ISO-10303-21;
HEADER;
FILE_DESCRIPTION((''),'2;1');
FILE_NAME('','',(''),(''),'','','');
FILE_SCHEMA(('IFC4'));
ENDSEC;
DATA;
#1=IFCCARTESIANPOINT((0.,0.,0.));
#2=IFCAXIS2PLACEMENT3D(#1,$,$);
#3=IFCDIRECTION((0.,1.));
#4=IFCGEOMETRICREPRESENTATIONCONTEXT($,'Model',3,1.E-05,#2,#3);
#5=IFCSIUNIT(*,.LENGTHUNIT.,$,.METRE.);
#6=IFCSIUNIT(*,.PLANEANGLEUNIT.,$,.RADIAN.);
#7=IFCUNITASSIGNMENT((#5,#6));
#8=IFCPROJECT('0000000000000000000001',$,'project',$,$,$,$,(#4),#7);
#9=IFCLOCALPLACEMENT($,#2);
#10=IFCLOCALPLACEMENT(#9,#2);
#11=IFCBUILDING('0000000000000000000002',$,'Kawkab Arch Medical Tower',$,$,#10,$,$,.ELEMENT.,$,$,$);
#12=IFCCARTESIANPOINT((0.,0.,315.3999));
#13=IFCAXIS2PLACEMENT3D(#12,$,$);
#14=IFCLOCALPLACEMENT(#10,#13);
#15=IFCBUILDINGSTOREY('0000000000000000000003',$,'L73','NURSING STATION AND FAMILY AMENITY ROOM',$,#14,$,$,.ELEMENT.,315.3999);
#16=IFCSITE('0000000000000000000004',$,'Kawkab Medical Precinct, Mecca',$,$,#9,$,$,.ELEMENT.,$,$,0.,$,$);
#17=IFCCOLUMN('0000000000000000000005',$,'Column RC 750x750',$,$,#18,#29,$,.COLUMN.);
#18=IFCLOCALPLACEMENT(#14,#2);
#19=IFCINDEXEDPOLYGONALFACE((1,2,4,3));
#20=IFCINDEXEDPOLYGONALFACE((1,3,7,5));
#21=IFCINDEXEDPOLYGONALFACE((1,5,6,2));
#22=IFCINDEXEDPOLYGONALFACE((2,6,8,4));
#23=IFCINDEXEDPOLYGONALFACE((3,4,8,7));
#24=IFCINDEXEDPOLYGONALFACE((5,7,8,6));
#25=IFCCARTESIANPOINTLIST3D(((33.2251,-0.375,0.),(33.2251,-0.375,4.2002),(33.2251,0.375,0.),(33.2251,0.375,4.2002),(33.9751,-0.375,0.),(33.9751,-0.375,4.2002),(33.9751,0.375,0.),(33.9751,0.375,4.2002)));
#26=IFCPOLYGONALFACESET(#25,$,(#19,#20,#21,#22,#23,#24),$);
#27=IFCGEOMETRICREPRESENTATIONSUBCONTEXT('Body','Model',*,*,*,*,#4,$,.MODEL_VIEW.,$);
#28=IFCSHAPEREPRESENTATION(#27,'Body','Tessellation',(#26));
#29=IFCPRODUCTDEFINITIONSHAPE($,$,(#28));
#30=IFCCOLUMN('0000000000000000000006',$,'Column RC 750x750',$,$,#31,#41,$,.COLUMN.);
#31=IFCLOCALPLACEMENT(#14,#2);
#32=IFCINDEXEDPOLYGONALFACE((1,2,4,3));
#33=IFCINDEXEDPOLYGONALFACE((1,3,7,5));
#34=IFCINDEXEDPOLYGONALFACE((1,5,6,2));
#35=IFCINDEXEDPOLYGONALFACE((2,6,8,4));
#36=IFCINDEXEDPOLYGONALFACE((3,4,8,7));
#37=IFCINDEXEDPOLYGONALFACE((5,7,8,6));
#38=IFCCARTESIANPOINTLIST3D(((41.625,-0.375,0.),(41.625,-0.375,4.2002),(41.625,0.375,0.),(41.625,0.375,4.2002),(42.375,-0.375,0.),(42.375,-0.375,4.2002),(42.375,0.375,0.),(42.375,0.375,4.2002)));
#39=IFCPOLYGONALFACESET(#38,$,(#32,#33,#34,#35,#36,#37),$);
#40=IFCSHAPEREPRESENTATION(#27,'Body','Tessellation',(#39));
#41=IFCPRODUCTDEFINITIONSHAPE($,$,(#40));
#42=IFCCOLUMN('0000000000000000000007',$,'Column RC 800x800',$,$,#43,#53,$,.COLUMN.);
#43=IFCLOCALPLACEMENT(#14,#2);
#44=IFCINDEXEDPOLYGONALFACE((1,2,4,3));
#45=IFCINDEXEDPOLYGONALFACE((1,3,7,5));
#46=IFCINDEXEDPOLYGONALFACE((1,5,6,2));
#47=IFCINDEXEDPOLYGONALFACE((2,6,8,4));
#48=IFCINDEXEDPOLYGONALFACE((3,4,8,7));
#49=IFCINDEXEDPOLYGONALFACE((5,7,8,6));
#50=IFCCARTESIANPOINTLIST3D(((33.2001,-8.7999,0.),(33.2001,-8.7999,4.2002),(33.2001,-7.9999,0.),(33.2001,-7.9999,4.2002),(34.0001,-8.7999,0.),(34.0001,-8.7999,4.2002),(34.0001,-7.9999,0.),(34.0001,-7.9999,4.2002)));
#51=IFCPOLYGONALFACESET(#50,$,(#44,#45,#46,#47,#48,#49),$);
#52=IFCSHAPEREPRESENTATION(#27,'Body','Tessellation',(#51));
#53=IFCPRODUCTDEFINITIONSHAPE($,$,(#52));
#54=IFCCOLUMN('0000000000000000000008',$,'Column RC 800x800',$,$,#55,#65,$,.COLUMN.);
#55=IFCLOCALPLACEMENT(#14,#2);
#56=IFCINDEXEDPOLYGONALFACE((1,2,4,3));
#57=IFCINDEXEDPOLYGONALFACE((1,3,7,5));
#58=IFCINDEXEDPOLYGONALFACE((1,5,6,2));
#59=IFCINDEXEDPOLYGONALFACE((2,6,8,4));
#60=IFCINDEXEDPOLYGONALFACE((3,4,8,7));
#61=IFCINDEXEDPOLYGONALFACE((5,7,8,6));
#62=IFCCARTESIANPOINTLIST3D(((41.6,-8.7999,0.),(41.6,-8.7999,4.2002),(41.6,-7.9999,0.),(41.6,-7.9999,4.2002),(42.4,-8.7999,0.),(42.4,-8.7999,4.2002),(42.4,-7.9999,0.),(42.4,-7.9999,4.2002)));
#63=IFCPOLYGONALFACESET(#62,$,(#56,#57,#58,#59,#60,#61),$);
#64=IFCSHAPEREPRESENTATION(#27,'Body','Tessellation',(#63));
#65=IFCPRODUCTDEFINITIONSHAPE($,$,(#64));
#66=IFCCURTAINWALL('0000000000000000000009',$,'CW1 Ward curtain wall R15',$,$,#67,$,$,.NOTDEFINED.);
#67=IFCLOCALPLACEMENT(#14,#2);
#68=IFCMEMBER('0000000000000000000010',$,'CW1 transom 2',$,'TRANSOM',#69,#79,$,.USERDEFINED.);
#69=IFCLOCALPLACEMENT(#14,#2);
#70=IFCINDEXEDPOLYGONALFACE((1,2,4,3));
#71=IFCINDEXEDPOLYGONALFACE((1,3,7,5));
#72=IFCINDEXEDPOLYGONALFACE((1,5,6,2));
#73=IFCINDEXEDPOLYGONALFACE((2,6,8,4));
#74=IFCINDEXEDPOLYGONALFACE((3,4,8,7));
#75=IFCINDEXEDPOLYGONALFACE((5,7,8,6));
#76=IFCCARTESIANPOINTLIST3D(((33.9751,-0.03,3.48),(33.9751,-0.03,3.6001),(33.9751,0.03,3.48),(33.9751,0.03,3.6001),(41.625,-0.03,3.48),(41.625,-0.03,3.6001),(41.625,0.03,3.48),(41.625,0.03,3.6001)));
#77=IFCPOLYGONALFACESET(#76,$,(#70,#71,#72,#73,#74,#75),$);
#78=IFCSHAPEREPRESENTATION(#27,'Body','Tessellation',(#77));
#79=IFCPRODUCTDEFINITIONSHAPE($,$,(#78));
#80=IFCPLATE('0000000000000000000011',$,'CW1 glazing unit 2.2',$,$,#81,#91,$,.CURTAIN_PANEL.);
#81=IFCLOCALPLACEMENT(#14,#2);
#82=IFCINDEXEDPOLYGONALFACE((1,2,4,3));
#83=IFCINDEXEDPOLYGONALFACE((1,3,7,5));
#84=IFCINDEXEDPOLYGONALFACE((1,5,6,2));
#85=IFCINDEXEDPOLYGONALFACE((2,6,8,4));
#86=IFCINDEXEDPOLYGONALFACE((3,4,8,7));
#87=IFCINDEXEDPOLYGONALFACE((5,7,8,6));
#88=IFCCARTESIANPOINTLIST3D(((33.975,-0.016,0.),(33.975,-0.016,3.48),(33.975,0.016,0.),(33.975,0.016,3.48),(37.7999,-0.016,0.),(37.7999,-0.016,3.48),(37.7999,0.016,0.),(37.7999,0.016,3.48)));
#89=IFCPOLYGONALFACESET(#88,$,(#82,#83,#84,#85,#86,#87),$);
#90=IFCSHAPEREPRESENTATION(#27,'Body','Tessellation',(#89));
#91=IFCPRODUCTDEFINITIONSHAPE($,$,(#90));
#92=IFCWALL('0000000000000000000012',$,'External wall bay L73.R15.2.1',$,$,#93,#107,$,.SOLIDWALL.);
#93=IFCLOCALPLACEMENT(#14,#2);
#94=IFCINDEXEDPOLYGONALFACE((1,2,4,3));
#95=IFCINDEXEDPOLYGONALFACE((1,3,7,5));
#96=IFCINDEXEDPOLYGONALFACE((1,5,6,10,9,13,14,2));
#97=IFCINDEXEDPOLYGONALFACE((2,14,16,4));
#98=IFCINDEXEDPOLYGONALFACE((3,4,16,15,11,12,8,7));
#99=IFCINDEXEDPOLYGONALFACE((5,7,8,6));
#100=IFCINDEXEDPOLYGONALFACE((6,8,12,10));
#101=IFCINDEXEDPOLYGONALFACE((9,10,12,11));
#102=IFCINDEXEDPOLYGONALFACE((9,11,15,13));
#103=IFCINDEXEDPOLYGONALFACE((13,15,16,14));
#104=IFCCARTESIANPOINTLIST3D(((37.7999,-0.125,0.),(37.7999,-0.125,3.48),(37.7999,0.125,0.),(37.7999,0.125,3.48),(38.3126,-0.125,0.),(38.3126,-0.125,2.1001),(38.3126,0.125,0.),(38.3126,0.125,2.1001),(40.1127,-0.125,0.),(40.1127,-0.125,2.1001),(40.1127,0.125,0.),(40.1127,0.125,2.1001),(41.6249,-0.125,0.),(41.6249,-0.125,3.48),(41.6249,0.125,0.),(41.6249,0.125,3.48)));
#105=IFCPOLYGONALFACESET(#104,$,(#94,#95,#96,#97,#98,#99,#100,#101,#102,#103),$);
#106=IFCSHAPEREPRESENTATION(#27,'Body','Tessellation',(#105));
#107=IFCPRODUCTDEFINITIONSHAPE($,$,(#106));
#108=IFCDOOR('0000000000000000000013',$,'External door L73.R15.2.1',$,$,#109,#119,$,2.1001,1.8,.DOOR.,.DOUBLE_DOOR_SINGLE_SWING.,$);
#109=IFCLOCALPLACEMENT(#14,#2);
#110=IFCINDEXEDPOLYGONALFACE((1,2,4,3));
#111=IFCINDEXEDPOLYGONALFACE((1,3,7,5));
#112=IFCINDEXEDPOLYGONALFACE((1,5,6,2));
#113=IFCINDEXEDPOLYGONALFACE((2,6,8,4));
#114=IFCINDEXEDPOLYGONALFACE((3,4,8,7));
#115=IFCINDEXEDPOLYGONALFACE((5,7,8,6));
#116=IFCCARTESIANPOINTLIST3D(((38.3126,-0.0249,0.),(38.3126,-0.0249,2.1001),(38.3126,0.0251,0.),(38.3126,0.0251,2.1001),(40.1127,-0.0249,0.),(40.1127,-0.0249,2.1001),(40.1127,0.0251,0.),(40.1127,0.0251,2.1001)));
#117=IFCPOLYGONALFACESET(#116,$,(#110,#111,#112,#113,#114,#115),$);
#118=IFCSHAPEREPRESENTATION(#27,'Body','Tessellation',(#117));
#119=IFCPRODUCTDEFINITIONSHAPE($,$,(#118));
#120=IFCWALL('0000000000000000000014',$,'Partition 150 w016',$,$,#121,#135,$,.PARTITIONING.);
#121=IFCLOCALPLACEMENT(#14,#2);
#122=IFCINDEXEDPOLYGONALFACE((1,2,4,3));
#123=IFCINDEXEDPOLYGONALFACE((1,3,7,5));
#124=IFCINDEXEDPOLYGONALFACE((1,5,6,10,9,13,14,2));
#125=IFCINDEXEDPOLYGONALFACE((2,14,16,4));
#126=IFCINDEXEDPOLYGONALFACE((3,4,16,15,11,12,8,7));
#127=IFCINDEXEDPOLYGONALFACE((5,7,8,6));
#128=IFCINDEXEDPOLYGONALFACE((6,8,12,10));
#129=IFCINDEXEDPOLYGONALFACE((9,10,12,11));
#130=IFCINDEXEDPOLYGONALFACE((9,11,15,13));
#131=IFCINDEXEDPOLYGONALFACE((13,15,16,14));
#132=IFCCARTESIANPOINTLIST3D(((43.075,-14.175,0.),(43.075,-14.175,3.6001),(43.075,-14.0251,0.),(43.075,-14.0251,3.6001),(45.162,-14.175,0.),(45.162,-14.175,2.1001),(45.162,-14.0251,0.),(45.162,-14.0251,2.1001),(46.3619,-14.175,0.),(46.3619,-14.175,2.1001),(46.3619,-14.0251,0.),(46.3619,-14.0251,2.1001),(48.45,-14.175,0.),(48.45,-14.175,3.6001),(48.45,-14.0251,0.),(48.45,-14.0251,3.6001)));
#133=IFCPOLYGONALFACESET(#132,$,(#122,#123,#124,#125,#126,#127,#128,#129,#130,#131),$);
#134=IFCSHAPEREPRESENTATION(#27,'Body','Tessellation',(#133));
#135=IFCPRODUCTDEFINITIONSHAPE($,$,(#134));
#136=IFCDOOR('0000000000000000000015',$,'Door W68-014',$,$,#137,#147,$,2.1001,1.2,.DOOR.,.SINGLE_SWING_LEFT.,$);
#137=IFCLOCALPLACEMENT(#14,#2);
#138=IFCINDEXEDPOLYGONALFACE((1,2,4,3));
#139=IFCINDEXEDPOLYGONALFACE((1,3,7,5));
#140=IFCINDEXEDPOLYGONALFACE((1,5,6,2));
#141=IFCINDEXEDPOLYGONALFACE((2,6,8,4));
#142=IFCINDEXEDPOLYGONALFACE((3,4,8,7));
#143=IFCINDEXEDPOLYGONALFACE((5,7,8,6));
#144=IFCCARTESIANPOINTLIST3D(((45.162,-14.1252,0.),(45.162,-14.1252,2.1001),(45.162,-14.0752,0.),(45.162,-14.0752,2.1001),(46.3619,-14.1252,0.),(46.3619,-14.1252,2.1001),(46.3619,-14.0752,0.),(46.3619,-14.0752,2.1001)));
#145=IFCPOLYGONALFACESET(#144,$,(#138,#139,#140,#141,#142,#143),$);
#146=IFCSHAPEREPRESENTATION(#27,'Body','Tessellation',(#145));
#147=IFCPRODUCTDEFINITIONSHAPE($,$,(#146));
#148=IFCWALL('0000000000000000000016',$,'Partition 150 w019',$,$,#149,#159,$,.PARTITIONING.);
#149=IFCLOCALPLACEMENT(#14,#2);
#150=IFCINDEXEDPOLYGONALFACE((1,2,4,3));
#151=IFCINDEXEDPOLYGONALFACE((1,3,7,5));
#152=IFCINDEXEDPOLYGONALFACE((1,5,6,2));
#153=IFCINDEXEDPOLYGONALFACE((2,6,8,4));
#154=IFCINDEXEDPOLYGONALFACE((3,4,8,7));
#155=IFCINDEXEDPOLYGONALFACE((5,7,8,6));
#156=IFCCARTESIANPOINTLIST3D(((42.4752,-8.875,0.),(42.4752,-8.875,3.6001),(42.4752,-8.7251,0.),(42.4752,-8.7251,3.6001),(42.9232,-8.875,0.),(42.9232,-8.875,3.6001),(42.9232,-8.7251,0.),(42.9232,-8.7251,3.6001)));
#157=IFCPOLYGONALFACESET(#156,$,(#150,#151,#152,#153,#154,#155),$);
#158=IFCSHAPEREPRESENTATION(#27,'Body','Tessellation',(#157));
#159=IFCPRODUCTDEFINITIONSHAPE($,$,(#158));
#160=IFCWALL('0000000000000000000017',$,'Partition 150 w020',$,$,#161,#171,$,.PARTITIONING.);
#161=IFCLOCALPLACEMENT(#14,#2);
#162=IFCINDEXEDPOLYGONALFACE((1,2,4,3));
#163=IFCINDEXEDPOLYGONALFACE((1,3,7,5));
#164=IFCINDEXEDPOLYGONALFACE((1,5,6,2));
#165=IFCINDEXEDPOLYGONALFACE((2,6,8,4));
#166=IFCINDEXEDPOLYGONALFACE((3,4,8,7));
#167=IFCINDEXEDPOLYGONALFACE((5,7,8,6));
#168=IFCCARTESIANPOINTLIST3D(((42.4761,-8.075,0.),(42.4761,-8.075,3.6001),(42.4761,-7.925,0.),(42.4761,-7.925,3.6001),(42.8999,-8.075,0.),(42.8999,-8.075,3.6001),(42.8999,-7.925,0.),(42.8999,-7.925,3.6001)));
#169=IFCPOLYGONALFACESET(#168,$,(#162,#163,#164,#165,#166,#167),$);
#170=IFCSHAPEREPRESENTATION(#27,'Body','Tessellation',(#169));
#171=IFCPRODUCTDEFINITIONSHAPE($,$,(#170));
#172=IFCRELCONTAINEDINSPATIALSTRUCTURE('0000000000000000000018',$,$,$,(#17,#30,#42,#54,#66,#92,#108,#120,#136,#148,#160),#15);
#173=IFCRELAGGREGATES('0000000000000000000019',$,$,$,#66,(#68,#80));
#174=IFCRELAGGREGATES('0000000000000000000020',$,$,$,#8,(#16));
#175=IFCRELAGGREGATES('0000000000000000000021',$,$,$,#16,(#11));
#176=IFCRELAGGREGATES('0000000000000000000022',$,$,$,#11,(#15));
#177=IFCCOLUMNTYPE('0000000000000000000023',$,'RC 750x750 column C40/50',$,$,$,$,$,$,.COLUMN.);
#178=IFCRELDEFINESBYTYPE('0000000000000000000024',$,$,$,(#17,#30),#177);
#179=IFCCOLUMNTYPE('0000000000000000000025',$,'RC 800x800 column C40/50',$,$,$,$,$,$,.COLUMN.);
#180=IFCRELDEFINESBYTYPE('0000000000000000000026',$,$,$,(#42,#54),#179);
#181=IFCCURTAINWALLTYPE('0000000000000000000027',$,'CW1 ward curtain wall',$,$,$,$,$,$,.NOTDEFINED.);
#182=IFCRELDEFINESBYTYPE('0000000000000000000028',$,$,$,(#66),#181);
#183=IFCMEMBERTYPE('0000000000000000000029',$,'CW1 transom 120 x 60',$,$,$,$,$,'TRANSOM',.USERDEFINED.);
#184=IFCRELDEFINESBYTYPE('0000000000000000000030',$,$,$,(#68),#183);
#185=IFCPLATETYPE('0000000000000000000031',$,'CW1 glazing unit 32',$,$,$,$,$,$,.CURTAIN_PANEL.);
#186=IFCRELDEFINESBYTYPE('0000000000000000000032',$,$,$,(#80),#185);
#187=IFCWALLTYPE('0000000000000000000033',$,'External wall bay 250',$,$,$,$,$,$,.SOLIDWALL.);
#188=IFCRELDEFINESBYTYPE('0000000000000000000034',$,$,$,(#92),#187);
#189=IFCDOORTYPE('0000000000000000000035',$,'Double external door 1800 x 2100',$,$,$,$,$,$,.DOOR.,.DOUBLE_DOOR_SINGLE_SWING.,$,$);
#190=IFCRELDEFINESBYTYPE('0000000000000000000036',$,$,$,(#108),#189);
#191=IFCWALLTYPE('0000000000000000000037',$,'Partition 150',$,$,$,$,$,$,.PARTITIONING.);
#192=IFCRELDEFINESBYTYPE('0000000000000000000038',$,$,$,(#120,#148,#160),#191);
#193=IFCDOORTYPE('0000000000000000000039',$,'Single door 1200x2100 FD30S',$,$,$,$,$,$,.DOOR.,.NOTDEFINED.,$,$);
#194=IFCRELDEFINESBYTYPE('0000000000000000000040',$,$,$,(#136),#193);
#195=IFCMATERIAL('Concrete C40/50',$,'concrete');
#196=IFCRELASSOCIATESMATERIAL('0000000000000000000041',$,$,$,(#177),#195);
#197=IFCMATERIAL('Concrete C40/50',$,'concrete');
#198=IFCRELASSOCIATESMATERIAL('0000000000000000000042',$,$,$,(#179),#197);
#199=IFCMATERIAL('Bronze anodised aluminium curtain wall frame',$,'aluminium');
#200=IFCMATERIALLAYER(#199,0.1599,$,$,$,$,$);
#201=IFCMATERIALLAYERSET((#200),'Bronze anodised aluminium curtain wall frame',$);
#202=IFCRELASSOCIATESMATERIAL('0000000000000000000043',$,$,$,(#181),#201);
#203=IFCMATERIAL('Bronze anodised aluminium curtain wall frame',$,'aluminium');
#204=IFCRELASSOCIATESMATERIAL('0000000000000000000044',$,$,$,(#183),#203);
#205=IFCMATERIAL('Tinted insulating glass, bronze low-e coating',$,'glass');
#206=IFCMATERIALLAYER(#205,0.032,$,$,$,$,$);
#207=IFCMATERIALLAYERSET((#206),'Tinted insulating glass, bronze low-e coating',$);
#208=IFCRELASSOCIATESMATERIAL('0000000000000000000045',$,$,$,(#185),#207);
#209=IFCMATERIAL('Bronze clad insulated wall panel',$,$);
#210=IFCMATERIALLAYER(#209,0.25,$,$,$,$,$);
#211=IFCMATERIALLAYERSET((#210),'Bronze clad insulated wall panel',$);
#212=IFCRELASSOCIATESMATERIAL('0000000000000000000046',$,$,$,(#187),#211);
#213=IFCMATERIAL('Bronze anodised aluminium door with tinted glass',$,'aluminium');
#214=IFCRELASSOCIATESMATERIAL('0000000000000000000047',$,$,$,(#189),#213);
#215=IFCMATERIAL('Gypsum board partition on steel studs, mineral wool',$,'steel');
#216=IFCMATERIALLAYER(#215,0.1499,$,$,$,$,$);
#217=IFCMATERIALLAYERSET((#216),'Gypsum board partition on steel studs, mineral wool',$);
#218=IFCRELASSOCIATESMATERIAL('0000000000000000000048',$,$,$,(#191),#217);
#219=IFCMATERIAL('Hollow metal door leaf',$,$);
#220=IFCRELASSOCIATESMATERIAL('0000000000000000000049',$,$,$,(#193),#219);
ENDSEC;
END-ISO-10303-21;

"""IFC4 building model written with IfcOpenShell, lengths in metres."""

from ifc_helpers import new_model, si_unit, direction, frame, frame_2d, origin, origin_2d, place, context, subcontext, project, spatial, rectangle, extrude, material, layer, layer_set, material_profile, profile_set, type_object, element, fill, aggregate, save


model = new_model("IFC4")

# Units and contexts
model_context = context("Model", 3, precision=1e-05, world=origin(), true_north=direction((0.0, 1.0)))
body_context = subcontext(model_context, "Body", "Model", "MODEL_VIEW")
ifc_project = project(units=[si_unit("LENGTHUNIT", "METRE"), si_unit("PLANEANGLEUNIT", "RADIAN")], contexts=[model_context])

# Site, building, storey
site_placement = place(None, origin())
site = spatial("IfcSite", under=ifc_project, at=site_placement, Name="Kawkab Medical Precinct, Mecca", CompositionType="ELEMENT", RefElevation=0.0)
building_placement = place(site_placement, origin())
building = spatial("IfcBuilding", under=site, at=building_placement, Name="Kawkab Arch Medical Tower", CompositionType="ELEMENT")
storey_placement = place(building_placement, frame((0.0, 0.0, 315.3999)))
storey = spatial("IfcBuildingStorey", under=building, at=storey_placement, Name="L73", Description="NURSING STATION AND FAMILY AMENITY ROOM", CompositionType="ELEMENT", Elevation=315.3999)

# Columns
ifc_material_1 = material(Name="Concrete C40/50", Category="concrete")
ifc_material_profile_1 = material_profile(ifc_material_1, rectangle(XDim=0.75, YDim=0.75, at=origin_2d()), Name="RC 750x750")
ifc_profile_set_1 = profile_set([ifc_material_profile_1], Name="Concrete C40/50")
column_type_1 = type_object("IfcColumnType", Name="RC 750x750 column C40/50", PredefinedType="COLUMN", material=ifc_profile_set_1)
for number, where, z_axis, x_axis, name in (
    (1, (33.6001, 0.0, 0.0), (0.0, 0.0, 1.0), (1.0, 0.0, 0.0), "Column RC 750x750"),
    (2, (42.0, 0.0, 0.0), (0.0, 0.0, 1.0), (1.0, 0.0, 0.0), "Column RC 750x750"),
):
    element("IfcColumn", number, at=place(storey_placement, frame(where, z_axis=z_axis, x_axis=x_axis)), inside=storey, type_object=column_type_1, Name=name, PredefinedType="COLUMN", context=body_context, shape_type="SweptSolid", body=[
        extrude(rectangle(XDim=0.75, YDim=0.75, at=origin_2d()), origin(), (0.0, 0.0, 1.0), 4.2002),
    ])
ifc_material_2 = material(Name="Concrete C40/50", Category="concrete")
ifc_material_profile_2 = material_profile(ifc_material_2, rectangle(XDim=0.8, YDim=0.8, at=origin_2d()), Name="RC 800x800")
ifc_profile_set_2 = profile_set([ifc_material_profile_2], Name="Concrete C40/50")
column_type_2 = type_object("IfcColumnType", Name="RC 800x800 column C40/50", PredefinedType="COLUMN", material=ifc_profile_set_2)
for number, where, z_axis, x_axis, name in (
    (3, (33.6001, -8.3999, 0.0), (0.0, 0.0, 1.0), (1.0, 0.0, 0.0), "Column RC 800x800"),
    (4, (42.0, -8.3999, 0.0), (0.0, 0.0, 1.0), (1.0, 0.0, 0.0), "Column RC 800x800"),
):
    element("IfcColumn", number, at=place(storey_placement, frame(where, z_axis=z_axis, x_axis=x_axis)), inside=storey, type_object=column_type_2, Name=name, PredefinedType="COLUMN", context=body_context, shape_type="SweptSolid", body=[
        extrude(rectangle(XDim=0.8, YDim=0.8, at=origin_2d()), origin(), (0.0, 0.0, 1.0), 4.2002),
    ])

# Curtain wall, member, plate
ifc_material_3 = material(Name="Bronze anodised aluminium curtain wall frame", Category="aluminium")
ifc_layer_1 = layer(ifc_material_3, 0.1599)
ifc_layer_set_1 = layer_set([ifc_layer_1], Name="Bronze anodised aluminium curtain wall frame")
curtain_wall_type = type_object("IfcCurtainWallType", Name="CW1 ward curtain wall", PredefinedType="NOTDEFINED", material=ifc_layer_set_1)
curtain_wall_placement = place(storey_placement, origin())
curtain_wall = element("IfcCurtainWall", 5, at=curtain_wall_placement, inside=storey, type_object=curtain_wall_type, Name="CW1 Ward curtain wall R15", PredefinedType="NOTDEFINED")
ifc_material_4 = material(Name="Bronze anodised aluminium curtain wall frame", Category="aluminium")
ifc_material_profile_3 = material_profile(ifc_material_4, rectangle(XDim=0.0601, YDim=0.1201, at=origin_2d()), Name="AL 60x120")
ifc_profile_set_3 = profile_set([ifc_material_profile_3], Name="Bronze anodised aluminium curtain wall frame")
member_type = type_object("IfcMemberType", Name="CW1 transom 120 x 60", ElementType="TRANSOM", PredefinedType="USERDEFINED", material=ifc_profile_set_3)
member_placement = place(storey_placement, frame((41.625, 0.0, 3.54), z_axis=(-1.0, 0.0, 0.0), x_axis=(0.0, -1.0, 0.0)))
member = element("IfcMember", 6, at=member_placement, type_object=member_type, Name="CW1 transom 2", ObjectType="TRANSOM", PredefinedType="USERDEFINED", context=body_context, shape_type="SweptSolid", body=[
    extrude(rectangle(XDim=0.0601, YDim=0.1201, at=origin_2d()), origin(), (0.0, 0.0, 1.0), 7.6499),
])
ifc_material_5 = material(Name="Tinted insulating glass, bronze low-e coating", Category="glass")
ifc_layer_2 = layer(ifc_material_5, 0.032)
ifc_layer_set_2 = layer_set([ifc_layer_2], Name="Tinted insulating glass, bronze low-e coating")
plate_type = type_object("IfcPlateType", Name="CW1 glazing unit 32", PredefinedType="CURTAIN_PANEL", material=ifc_layer_set_2)
plate_placement = place(storey_placement, frame((35.8875, 0.0, 0.0), z_axis=(0.0, 0.0, 1.0), x_axis=(-1.0, 0.0, 0.0)))
plate = element("IfcPlate", 7, at=plate_placement, type_object=plate_type, Name="CW1 glazing unit 2.2", PredefinedType="CURTAIN_PANEL", context=body_context, shape_type="SweptSolid", body=[
    extrude(rectangle(XDim=3.825, YDim=0.032, at=origin_2d()), origin(), (0.0, 0.0, 1.0), 3.48),
])
aggregate(curtain_wall, [member, plate])

# Walls, openings, doors
ifc_material_6 = material(Name="Bronze clad insulated wall panel")
ifc_layer_3 = layer(ifc_material_6, 0.25)
ifc_layer_set_3 = layer_set([ifc_layer_3], Name="Bronze clad insulated wall panel")
wall_type_1 = type_object("IfcWallType", Name="External wall bay 250", PredefinedType="SOLIDWALL", material=ifc_layer_set_3)
wall_1_placement = place(storey_placement, frame((41.625, 0.0, 0.0), z_axis=(0.0, 0.0, 1.0), x_axis=(-1.0, 0.0, 0.0)))
wall_1 = element("IfcWall", 8, at=wall_1_placement, inside=storey, type_object=wall_type_1, Name="External wall bay L73.R15.2.1", PredefinedType="SOLIDWALL", context=body_context, shape_type="SweptSolid", body=[
    extrude(rectangle(XDim=3.825, YDim=0.25, at=frame_2d((1.9126, 0.0))), origin(), (0.0, 0.0, 1.0), 3.48),
])
opening_1_placement = place(wall_1_placement, frame((1.5125, 0.0, 0.0)))
opening_1 = element("IfcOpeningElement", 9, at=opening_1_placement, cuts=wall_1, PredefinedType="OPENING", context=body_context, shape_type="SweptSolid", body=[
    extrude(rectangle(XDim=1.8, YDim=2.1001, at=frame_2d((0.8999, 1.05))), frame((0.0, 0.135, 0.0), z_axis=(0.0, -1.0, 0.0), x_axis=(1.0, 0.0, 0.0)), (0.0, 0.0, 1.0), 0.27),
])
ifc_material_7 = material(Name="Bronze anodised aluminium door with tinted glass", Category="aluminium")
door_type_1 = type_object("IfcDoorType", Name="Double external door 1800 x 2100", OperationType="DOUBLE_DOOR_SINGLE_SWING", PredefinedType="DOOR", material=ifc_material_7)
door_1_placement = place(opening_1_placement, origin())
door_1 = element("IfcDoor", 10, at=door_1_placement, inside=storey, type_object=door_type_1, Name="External door L73.R15.2.1", OperationType="DOUBLE_DOOR_SINGLE_SWING", OverallHeight=2.1001, OverallWidth=1.8, PredefinedType="DOOR", context=body_context, shape_type="SweptSolid", body=[
    extrude(rectangle(XDim=1.8, YDim=2.1001, at=frame_2d((0.8999, 1.05))), frame((0.0, 0.0249, 0.0), z_axis=(0.0, -1.0, 0.0), x_axis=(1.0, 0.0, 0.0)), (0.0, 0.0, 1.0), 0.05),
])
fill(opening_1, door_1)
ifc_material_8 = material(Name="Gypsum board partition on steel studs, mineral wool", Category="steel")
ifc_layer_4 = layer(ifc_material_8, 0.1499)
ifc_layer_set_4 = layer_set([ifc_layer_4], Name="Gypsum board partition on steel studs, mineral wool")
wall_type_2 = type_object("IfcWallType", Name="Partition 150", PredefinedType="PARTITIONING", material=ifc_layer_set_4)
wall_2_placement = place(storey_placement, frame((43.075, -14.1001, 0.0), z_axis=(0.0, 0.0, 1.0), x_axis=(1.0, 0.0, 0.0)))
wall_2 = element("IfcWall", 11, at=wall_2_placement, inside=storey, type_object=wall_type_2, Name="Partition 150 w016", PredefinedType="PARTITIONING", context=body_context, shape_type="SweptSolid", body=[
    extrude(rectangle(XDim=5.375, YDim=0.1499, at=frame_2d((2.6875, 0.0))), origin(), (0.0, 0.0, 1.0), 3.6001),
])
opening_2_placement = place(wall_2_placement, frame((2.0869, 0.0, 0.0)))
opening_2 = element("IfcOpeningElement", 12, at=opening_2_placement, cuts=wall_2, PredefinedType="OPENING", context=body_context, shape_type="SweptSolid", body=[
    extrude(rectangle(XDim=1.2, YDim=2.1001, at=frame_2d((0.6001, 1.05))), frame((0.0, 0.085, 0.0), z_axis=(0.0, -1.0, 0.0), x_axis=(1.0, 0.0, 0.0)), (0.0, 0.0, 1.0), 0.1699),
])
ifc_material_9 = material(Name="Hollow metal door leaf")
door_type_2 = type_object("IfcDoorType", Name="Single door 1200x2100 FD30S", OperationType="NOTDEFINED", PredefinedType="DOOR", material=ifc_material_9)
door_2_placement = place(opening_2_placement, origin())
door_2 = element("IfcDoor", 13, at=door_2_placement, inside=storey, type_object=door_type_2, Name="Door W68-014", OperationType="SINGLE_SWING_LEFT", OverallHeight=2.1001, OverallWidth=1.2, PredefinedType="DOOR", context=body_context, shape_type="SweptSolid", body=[
    extrude(rectangle(XDim=1.2, YDim=2.1001, at=frame_2d((0.6001, 1.05))), frame((0.0, 0.0249, 0.0), z_axis=(0.0, -1.0, 0.0), x_axis=(1.0, 0.0, 0.0)), (0.0, 0.0, 1.0), 0.05),
])
fill(opening_2, door_2)

# Walls
wall_3_placement = place(storey_placement, frame((42.4751, -8.8, 0.0), z_axis=(0.0, 0.0, 1.0), x_axis=(1.0, 0.0, 0.0)))
element("IfcWall", 14, at=wall_3_placement, inside=storey, type_object=wall_type_2, Name="Partition 150 w019", PredefinedType="PARTITIONING", context=body_context, shape_type="SweptSolid", body=[
    extrude(rectangle(XDim=0.448, YDim=0.1499, at=frame_2d((0.2241, 0.0))), origin(), (0.0, 0.0, 1.0), 3.6001),
])
wall_4_placement = place(storey_placement, frame((42.4761, -8.0, 0.0), z_axis=(0.0, 0.0, 1.0), x_axis=(1.0, 0.0, 0.0)))
element("IfcWall", 15, at=wall_4_placement, inside=storey, type_object=wall_type_2, Name="Partition 150 w020", PredefinedType="PARTITIONING", context=body_context, shape_type="SweptSolid", body=[
    extrude(rectangle(XDim=0.4238, YDim=0.1499, at=frame_2d((0.2119, 0.0))), origin(), (0.0, 0.0, 1.0), 3.6001),
])

save(model, "model.ifc")
